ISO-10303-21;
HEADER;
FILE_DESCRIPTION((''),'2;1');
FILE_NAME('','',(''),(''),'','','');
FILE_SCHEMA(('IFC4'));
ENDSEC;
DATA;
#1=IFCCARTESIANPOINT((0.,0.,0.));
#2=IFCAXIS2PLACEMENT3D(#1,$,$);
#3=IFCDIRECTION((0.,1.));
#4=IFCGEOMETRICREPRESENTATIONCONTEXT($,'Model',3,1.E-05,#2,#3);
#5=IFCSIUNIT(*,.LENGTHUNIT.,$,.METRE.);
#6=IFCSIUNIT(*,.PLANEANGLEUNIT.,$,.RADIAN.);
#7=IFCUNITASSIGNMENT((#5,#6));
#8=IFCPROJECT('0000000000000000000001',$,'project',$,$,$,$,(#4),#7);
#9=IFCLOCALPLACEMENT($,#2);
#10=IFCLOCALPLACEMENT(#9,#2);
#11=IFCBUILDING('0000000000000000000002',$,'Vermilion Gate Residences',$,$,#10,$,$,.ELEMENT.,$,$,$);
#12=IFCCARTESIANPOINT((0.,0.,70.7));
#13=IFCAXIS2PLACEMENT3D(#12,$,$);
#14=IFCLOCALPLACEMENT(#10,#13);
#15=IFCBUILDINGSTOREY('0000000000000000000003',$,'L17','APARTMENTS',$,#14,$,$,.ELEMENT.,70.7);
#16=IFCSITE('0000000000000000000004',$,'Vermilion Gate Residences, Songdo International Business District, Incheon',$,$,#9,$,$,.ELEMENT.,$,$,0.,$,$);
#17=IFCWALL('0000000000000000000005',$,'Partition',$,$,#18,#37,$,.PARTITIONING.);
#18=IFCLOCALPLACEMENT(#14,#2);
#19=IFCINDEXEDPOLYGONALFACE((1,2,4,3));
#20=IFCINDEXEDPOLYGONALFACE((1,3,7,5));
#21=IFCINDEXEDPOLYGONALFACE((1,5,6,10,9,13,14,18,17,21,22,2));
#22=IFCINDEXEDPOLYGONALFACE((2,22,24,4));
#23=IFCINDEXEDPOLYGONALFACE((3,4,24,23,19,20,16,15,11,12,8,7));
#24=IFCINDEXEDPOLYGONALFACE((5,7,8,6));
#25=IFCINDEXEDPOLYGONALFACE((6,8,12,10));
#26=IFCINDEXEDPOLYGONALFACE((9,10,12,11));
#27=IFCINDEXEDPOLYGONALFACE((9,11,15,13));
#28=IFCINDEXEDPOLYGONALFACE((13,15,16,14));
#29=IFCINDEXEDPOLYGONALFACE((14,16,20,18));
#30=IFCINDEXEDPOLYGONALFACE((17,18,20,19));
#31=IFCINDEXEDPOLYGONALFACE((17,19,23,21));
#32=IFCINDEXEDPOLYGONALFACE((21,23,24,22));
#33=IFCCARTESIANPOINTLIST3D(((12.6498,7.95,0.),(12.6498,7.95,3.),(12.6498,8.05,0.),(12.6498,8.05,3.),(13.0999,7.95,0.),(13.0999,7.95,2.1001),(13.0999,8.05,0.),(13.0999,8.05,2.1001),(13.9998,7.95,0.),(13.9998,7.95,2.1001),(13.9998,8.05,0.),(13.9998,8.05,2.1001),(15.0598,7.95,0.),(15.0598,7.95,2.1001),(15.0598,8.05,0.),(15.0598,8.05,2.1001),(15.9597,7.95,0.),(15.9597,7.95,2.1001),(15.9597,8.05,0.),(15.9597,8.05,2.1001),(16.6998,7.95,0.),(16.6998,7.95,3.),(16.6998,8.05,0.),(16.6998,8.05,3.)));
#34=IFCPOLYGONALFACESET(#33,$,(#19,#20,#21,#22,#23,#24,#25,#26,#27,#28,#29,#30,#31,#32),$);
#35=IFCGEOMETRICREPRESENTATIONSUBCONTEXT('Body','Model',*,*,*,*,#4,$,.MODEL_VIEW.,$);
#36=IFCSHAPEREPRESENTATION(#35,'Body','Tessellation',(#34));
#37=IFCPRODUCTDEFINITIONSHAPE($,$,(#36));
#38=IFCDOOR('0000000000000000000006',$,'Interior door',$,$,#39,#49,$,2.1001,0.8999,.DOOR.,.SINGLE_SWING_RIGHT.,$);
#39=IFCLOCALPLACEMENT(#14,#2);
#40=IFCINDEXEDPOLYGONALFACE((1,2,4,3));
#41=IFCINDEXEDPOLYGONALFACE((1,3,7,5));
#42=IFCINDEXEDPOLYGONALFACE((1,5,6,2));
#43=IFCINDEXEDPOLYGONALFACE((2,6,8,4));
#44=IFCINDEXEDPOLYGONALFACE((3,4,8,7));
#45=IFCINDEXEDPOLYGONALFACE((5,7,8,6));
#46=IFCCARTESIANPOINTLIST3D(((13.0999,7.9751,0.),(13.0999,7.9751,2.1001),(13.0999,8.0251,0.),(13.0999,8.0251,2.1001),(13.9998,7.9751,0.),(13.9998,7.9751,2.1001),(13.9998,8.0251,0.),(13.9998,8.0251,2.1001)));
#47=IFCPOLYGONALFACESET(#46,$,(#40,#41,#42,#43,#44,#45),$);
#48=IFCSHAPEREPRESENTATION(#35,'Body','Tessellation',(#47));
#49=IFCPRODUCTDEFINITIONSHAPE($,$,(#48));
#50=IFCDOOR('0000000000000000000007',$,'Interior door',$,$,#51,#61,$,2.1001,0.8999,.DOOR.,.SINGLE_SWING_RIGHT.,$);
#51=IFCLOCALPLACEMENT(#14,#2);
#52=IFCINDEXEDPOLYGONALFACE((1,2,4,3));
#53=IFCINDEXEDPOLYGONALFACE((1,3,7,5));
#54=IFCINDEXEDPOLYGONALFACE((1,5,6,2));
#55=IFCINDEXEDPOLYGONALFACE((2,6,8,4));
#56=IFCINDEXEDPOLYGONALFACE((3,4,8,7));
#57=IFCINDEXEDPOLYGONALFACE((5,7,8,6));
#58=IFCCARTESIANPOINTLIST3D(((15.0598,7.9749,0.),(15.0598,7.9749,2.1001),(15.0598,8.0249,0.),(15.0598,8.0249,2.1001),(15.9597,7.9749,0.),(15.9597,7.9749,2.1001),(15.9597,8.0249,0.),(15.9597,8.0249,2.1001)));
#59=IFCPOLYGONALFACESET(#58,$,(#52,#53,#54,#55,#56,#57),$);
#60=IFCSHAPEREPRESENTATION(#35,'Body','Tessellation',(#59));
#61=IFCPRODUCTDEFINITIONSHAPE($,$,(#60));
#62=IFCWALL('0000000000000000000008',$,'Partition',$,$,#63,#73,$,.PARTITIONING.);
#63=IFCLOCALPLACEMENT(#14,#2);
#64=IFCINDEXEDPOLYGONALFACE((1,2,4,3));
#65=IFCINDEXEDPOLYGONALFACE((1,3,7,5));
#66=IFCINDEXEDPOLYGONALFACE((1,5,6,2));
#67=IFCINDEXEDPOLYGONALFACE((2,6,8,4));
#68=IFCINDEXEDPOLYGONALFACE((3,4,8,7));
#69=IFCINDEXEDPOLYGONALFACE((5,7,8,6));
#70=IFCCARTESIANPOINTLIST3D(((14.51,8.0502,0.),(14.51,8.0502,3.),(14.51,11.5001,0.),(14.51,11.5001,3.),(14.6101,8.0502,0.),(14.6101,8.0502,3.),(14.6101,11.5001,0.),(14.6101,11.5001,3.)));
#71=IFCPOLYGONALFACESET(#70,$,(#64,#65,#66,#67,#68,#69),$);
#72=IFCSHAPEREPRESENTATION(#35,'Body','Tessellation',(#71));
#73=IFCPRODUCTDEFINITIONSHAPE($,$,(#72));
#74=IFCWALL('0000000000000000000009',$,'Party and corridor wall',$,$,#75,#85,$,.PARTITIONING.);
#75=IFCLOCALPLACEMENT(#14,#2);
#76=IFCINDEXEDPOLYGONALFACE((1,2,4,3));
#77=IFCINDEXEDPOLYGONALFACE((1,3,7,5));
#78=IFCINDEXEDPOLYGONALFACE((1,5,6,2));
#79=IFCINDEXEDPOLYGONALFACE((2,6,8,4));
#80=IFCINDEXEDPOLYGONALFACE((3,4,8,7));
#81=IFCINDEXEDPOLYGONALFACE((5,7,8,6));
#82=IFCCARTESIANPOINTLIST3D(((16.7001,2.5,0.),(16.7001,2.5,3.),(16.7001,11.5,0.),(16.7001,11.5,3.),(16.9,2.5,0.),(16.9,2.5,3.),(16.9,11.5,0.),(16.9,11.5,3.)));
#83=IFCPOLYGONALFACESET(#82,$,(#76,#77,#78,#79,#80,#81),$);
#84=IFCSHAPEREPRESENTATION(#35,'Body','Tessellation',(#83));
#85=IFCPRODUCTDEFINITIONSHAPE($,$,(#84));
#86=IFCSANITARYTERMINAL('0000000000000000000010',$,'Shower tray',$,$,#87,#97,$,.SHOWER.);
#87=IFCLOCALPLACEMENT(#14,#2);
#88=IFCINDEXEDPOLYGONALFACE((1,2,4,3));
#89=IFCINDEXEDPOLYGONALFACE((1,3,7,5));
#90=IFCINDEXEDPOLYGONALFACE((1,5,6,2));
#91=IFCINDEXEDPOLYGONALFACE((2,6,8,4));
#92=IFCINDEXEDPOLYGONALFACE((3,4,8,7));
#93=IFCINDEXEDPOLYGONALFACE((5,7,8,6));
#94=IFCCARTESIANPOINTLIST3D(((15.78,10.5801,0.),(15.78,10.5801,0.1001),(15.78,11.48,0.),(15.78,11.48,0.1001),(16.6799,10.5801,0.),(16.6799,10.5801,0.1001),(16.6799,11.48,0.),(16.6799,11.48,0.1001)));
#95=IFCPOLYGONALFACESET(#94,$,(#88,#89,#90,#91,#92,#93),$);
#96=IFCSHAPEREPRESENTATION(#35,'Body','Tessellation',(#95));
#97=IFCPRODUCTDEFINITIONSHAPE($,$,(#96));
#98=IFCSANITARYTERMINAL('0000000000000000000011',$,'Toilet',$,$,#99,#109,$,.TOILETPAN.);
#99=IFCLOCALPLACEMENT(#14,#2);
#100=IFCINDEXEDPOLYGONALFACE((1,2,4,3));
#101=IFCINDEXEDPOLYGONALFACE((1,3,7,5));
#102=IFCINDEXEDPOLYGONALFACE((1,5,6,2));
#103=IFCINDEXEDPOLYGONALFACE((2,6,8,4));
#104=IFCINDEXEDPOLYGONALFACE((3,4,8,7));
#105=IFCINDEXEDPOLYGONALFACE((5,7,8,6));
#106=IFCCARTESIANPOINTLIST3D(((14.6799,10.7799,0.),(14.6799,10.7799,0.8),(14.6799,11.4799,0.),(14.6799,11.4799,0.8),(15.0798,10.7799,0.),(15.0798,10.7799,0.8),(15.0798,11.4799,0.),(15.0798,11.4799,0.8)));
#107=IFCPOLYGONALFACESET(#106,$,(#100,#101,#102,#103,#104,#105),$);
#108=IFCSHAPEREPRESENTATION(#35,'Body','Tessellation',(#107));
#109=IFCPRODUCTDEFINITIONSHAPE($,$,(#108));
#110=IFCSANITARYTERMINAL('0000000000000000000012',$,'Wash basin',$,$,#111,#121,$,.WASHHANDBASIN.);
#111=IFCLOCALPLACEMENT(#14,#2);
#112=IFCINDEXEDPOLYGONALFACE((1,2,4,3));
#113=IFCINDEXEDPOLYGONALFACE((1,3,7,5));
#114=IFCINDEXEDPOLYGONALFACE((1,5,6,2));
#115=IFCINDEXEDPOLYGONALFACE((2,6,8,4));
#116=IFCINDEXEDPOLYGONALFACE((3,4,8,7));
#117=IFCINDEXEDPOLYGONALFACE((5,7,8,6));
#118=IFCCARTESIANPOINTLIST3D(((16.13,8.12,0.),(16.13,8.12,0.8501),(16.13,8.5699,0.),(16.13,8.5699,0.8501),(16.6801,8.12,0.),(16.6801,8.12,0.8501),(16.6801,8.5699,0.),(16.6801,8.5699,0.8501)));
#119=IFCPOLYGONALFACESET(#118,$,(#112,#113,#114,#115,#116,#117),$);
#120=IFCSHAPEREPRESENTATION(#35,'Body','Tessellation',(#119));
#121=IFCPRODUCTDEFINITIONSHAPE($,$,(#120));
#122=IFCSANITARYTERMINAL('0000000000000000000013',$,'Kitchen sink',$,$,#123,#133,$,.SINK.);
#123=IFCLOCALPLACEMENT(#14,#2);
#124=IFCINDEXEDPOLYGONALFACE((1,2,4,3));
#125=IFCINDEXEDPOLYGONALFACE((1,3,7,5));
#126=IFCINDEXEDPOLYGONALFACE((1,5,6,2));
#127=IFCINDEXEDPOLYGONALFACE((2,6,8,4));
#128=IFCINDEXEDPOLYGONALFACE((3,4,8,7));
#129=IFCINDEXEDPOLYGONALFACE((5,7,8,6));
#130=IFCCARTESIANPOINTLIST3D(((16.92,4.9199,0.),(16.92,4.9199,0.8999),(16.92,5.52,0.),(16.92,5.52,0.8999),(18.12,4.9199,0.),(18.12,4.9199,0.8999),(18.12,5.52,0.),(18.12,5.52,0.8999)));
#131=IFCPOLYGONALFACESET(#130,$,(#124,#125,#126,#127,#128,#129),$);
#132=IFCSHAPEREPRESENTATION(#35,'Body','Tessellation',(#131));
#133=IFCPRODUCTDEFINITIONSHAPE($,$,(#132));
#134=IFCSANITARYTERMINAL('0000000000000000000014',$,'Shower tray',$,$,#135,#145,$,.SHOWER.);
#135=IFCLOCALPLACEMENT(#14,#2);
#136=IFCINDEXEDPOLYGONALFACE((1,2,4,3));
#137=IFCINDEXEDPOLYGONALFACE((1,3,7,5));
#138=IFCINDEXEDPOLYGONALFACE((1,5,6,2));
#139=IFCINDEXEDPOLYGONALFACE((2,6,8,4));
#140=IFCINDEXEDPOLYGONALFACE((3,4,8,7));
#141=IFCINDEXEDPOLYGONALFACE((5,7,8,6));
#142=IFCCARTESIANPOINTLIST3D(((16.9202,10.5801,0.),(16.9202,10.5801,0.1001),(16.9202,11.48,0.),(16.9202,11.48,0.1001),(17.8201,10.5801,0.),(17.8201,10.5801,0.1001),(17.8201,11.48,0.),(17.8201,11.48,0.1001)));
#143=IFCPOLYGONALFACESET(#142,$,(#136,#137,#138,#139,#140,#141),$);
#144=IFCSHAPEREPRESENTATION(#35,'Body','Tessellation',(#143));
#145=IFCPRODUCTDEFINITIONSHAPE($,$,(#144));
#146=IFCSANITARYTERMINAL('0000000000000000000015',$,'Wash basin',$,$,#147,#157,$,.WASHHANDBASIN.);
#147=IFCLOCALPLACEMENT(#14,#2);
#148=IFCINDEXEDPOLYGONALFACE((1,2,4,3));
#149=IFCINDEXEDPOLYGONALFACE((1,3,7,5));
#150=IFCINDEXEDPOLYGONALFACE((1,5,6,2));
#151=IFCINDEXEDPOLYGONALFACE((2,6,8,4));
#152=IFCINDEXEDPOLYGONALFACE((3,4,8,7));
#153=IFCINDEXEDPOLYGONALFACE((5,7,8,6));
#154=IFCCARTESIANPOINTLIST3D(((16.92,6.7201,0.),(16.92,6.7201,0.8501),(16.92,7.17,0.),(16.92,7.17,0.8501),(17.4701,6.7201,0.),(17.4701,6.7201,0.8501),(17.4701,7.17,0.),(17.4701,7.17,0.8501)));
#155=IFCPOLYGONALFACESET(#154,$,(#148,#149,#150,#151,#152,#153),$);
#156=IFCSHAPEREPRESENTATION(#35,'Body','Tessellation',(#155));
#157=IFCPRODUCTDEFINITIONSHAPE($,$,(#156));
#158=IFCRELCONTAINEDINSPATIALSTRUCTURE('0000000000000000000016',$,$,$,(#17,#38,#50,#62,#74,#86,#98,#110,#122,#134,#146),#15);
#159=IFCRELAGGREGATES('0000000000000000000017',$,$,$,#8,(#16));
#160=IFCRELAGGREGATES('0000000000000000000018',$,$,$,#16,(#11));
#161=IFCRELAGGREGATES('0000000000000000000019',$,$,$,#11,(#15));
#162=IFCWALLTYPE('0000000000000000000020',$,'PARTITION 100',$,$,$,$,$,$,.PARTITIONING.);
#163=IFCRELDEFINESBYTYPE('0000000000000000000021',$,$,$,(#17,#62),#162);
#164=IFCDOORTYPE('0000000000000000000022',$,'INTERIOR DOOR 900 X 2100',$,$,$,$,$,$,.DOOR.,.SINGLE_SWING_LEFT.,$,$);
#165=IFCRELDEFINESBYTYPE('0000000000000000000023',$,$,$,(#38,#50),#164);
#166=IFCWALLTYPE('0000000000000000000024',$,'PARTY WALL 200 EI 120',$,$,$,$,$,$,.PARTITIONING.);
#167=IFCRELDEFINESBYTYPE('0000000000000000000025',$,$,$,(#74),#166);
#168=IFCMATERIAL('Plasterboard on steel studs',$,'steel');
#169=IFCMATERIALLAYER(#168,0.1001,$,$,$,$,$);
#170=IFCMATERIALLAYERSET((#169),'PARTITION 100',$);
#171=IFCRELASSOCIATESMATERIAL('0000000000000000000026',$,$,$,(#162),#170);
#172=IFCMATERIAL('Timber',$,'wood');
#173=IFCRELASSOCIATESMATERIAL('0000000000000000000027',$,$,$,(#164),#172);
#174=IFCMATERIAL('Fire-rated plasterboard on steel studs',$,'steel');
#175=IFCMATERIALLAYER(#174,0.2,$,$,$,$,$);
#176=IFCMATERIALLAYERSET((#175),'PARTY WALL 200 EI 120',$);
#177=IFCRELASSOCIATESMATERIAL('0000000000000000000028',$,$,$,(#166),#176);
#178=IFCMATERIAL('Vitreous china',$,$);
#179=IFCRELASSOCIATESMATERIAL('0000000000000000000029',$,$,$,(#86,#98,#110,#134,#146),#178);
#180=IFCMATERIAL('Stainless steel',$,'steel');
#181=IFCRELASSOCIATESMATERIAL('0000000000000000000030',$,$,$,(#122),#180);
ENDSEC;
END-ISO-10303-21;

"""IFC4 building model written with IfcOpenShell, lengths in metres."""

from ifc_helpers import new_model, si_unit, direction, frame, frame_2d, origin, origin_2d, place, context, subcontext, project, spatial, rectangle, extrude, material, layer, layer_set, type_object, element, fill, save


model = new_model("IFC4")

# Units and contexts
model_context = context("Model", 3, precision=1e-05, world=origin(), true_north=direction((0.0, 1.0)))
body_context = subcontext(model_context, "Body", "Model", "MODEL_VIEW")
ifc_project = project(units=[si_unit("LENGTHUNIT", "METRE"), si_unit("PLANEANGLEUNIT", "RADIAN")], contexts=[model_context])

# Site, building, storey
site_placement = place(None, origin())
site = spatial("IfcSite", under=ifc_project, at=site_placement, Name="Vermilion Gate Residences, Songdo International Business District, Incheon", CompositionType="ELEMENT", RefElevation=0.0)
building_placement = place(site_placement, origin())
building = spatial("IfcBuilding", under=site, at=building_placement, Name="Vermilion Gate Residences", CompositionType="ELEMENT")
storey_placement = place(building_placement, frame((0.0, 0.0, 70.7)))
storey = spatial("IfcBuildingStorey", under=building, at=storey_placement, Name="L17", Description="APARTMENTS", CompositionType="ELEMENT", Elevation=70.7)

# Shared definitions
ifc_material_1 = material(Name="Plasterboard on steel studs", Category="steel")
ifc_layer_1 = layer(ifc_material_1, 0.1001)
ifc_layer_set_1 = layer_set([ifc_layer_1], Name="PARTITION 100")
wall_type_1 = type_object("IfcWallType", Name="PARTITION 100", PredefinedType="PARTITIONING", material=ifc_layer_set_1)
ifc_material_2 = material(Name="Timber", Category="wood")
door_type = type_object("IfcDoorType", Name="INTERIOR DOOR 900 X 2100", OperationType="SINGLE_SWING_LEFT", PredefinedType="DOOR", material=ifc_material_2)

# Wall, openings, doors
wall_1_placement = place(storey_placement, frame((12.6499, 8.0, 0.0), z_axis=(0.0, 0.0, 1.0), x_axis=(1.0, 0.0, 0.0)))
wall_1 = element("IfcWall", 1, at=wall_1_placement, inside=storey, type_object=wall_type_1, Name="Partition", PredefinedType="PARTITIONING", context=body_context, shape_type="SweptSolid", body=[
    extrude(rectangle(XDim=4.05, YDim=0.1001, at=frame_2d((2.0249, 0.0))), origin(), (0.0, 0.0, 1.0), 3.0),
])
opening_1_placement = place(wall_1_placement, frame((0.45, 0.0, 0.0)))
opening_1 = element("IfcOpeningElement", 2, at=opening_1_placement, cuts=wall_1, PredefinedType="OPENING", context=body_context, shape_type="SweptSolid", body=[
    extrude(rectangle(XDim=0.8999, YDim=2.1001, at=frame_2d((0.45, 1.05))), frame((0.0, 0.0601, 0.0), z_axis=(0.0, -1.0, 0.0), x_axis=(1.0, 0.0, 0.0)), (0.0, 0.0, 1.0), 0.1201),
])
opening_2_placement = place(wall_1_placement, frame((2.4099, 0.0, 0.0)))
opening_2 = element("IfcOpeningElement", 3, at=opening_2_placement, cuts=wall_1, PredefinedType="OPENING", context=body_context, shape_type="SweptSolid", body=[
    extrude(rectangle(XDim=0.8999, YDim=2.1001, at=frame_2d((0.45, 1.05))), frame((0.0, 0.0601, 0.0), z_axis=(0.0, -1.0, 0.0), x_axis=(1.0, 0.0, 0.0)), (0.0, 0.0, 1.0), 0.1201),
])
door_1_placement = place(opening_1_placement, frame((0.8999, 0.0, 0.0), z_axis=(0.0, 0.0, 1.0), x_axis=(-1.0, 0.0, 0.0)))
door_1 = element("IfcDoor", 4, at=door_1_placement, inside=storey, type_object=door_type, Name="Interior door", OperationType="SINGLE_SWING_RIGHT", OverallHeight=2.1001, OverallWidth=0.8999, PredefinedType="DOOR", context=body_context, shape_type="SweptSolid", body=[
    extrude(rectangle(XDim=0.8999, YDim=2.1001, at=frame_2d((0.45, 1.05))), frame((0.0, 0.0249, 0.0), z_axis=(0.0, -1.0, 0.0), x_axis=(1.0, 0.0, 0.0)), (0.0, 0.0, 1.0), 0.05),
])
fill(opening_1, door_1)
door_2_placement = place(opening_2_placement, origin())
door_2 = element("IfcDoor", 5, at=door_2_placement, inside=storey, type_object=door_type, Name="Interior door", OperationType="SINGLE_SWING_RIGHT", OverallHeight=2.1001, OverallWidth=0.8999, PredefinedType="DOOR", context=body_context, shape_type="SweptSolid", body=[
    extrude(rectangle(XDim=0.8999, YDim=2.1001, at=frame_2d((0.45, 1.05))), frame((0.0, 0.0249, 0.0), z_axis=(0.0, -1.0, 0.0), x_axis=(1.0, 0.0, 0.0)), (0.0, 0.0, 1.0), 0.05),
])
fill(opening_2, door_2)

# Walls
wall_2_placement = place(storey_placement, frame((14.5601, 8.05, 0.0), z_axis=(0.0, 0.0, 1.0), x_axis=(0.0, 1.0, 0.0)))
element("IfcWall", 6, at=wall_2_placement, inside=storey, type_object=wall_type_1, Name="Partition", PredefinedType="PARTITIONING", context=body_context, shape_type="SweptSolid", body=[
    extrude(rectangle(XDim=3.45, YDim=0.1001, at=frame_2d((1.7251, 0.0))), origin(), (0.0, 0.0, 1.0), 3.0),
])
ifc_material_3 = material(Name="Fire-rated plasterboard on steel studs", Category="steel")
ifc_layer_2 = layer(ifc_material_3, 0.2)
ifc_layer_set_2 = layer_set([ifc_layer_2], Name="PARTY WALL 200 EI 120")
wall_type_2 = type_object("IfcWallType", Name="PARTY WALL 200 EI 120", PredefinedType="PARTITIONING", material=ifc_layer_set_2)
wall_3_placement = place(storey_placement, frame((16.8, 2.5, 0.0), z_axis=(0.0, 0.0, 1.0), x_axis=(0.0, 1.0, 0.0)))
element("IfcWall", 7, at=wall_3_placement, inside=storey, type_object=wall_type_2, Name="Party and corridor wall", PredefinedType="PARTITIONING", context=body_context, shape_type="SweptSolid", body=[
    extrude(rectangle(XDim=9.0, YDim=0.2, at=frame_2d((4.5, 0.0))), origin(), (0.0, 0.0, 1.0), 3.0),
])

# Sanitary terminals
ifc_material_4 = material(Name="Vitreous china")
sanitary_terminal_1_placement = place(storey_placement, frame((16.23, 11.03, 0.0), z_axis=(0.0, 0.0, 1.0), x_axis=(1.0, 0.0, 0.0)))
element("IfcSanitaryTerminal", 8, at=sanitary_terminal_1_placement, inside=storey, material=ifc_material_4, Name="Shower tray", PredefinedType="SHOWER", context=body_context, shape_type="SweptSolid", body=[
    extrude(rectangle(XDim=0.8999, YDim=0.8999, at=origin_2d()), origin(), (0.0, 0.0, 1.0), 0.1001),
])
sanitary_terminal_2_placement = place(storey_placement, frame((14.8799, 11.1299, 0.0), z_axis=(0.0, 0.0, 1.0), x_axis=(1.0, 0.0, 0.0)))
element("IfcSanitaryTerminal", 9, at=sanitary_terminal_2_placement, inside=storey, material=ifc_material_4, Name="Toilet", PredefinedType="TOILETPAN", context=body_context, shape_type="SweptSolid", body=[
    extrude(rectangle(XDim=0.3999, YDim=0.7, at=origin_2d()), origin(), (0.0, 0.0, 1.0), 0.8),
])
sanitary_terminal_3_placement = place(storey_placement, frame((16.405, 8.345, 0.0), z_axis=(0.0, 0.0, 1.0), x_axis=(1.0, 0.0, 0.0)))
element("IfcSanitaryTerminal", 10, at=sanitary_terminal_3_placement, inside=storey, material=ifc_material_4, Name="Wash basin", PredefinedType="WASHHANDBASIN", context=body_context, shape_type="SweptSolid", body=[
    extrude(rectangle(XDim=0.55, YDim=0.45, at=origin_2d()), origin(), (0.0, 0.0, 1.0), 0.8501),
])
ifc_material_5 = material(Name="Stainless steel", Category="steel")
sanitary_terminal_4_placement = place(storey_placement, frame((17.52, 5.22, 0.0), z_axis=(0.0, 0.0, 1.0), x_axis=(1.0, 0.0, 0.0)))
element("IfcSanitaryTerminal", 11, at=sanitary_terminal_4_placement, inside=storey, material=ifc_material_5, Name="Kitchen sink", PredefinedType="SINK", context=body_context, shape_type="SweptSolid", body=[
    extrude(rectangle(XDim=1.2, YDim=0.6001, at=origin_2d()), origin(), (0.0, 0.0, 1.0), 0.8999),
])
sanitary_terminal_5_placement = place(storey_placement, frame((17.3701, 11.03, 0.0), z_axis=(0.0, 0.0, 1.0), x_axis=(1.0, 0.0, 0.0)))
element("IfcSanitaryTerminal", 12, at=sanitary_terminal_5_placement, inside=storey, material=ifc_material_4, Name="Shower tray", PredefinedType="SHOWER", context=body_context, shape_type="SweptSolid", body=[
    extrude(rectangle(XDim=0.8999, YDim=0.8999, at=origin_2d()), origin(), (0.0, 0.0, 1.0), 0.1001),
])
sanitary_terminal_6_placement = place(storey_placement, frame((17.1951, 6.9451, 0.0), z_axis=(0.0, 0.0, 1.0), x_axis=(1.0, 0.0, 0.0)))
element("IfcSanitaryTerminal", 13, at=sanitary_terminal_6_placement, inside=storey, material=ifc_material_4, Name="Wash basin", PredefinedType="WASHHANDBASIN", context=body_context, shape_type="SweptSolid", body=[
    extrude(rectangle(XDim=0.55, YDim=0.45, at=origin_2d()), origin(), (0.0, 0.0, 1.0), 0.8501),
])

save(model, "model.ifc")
